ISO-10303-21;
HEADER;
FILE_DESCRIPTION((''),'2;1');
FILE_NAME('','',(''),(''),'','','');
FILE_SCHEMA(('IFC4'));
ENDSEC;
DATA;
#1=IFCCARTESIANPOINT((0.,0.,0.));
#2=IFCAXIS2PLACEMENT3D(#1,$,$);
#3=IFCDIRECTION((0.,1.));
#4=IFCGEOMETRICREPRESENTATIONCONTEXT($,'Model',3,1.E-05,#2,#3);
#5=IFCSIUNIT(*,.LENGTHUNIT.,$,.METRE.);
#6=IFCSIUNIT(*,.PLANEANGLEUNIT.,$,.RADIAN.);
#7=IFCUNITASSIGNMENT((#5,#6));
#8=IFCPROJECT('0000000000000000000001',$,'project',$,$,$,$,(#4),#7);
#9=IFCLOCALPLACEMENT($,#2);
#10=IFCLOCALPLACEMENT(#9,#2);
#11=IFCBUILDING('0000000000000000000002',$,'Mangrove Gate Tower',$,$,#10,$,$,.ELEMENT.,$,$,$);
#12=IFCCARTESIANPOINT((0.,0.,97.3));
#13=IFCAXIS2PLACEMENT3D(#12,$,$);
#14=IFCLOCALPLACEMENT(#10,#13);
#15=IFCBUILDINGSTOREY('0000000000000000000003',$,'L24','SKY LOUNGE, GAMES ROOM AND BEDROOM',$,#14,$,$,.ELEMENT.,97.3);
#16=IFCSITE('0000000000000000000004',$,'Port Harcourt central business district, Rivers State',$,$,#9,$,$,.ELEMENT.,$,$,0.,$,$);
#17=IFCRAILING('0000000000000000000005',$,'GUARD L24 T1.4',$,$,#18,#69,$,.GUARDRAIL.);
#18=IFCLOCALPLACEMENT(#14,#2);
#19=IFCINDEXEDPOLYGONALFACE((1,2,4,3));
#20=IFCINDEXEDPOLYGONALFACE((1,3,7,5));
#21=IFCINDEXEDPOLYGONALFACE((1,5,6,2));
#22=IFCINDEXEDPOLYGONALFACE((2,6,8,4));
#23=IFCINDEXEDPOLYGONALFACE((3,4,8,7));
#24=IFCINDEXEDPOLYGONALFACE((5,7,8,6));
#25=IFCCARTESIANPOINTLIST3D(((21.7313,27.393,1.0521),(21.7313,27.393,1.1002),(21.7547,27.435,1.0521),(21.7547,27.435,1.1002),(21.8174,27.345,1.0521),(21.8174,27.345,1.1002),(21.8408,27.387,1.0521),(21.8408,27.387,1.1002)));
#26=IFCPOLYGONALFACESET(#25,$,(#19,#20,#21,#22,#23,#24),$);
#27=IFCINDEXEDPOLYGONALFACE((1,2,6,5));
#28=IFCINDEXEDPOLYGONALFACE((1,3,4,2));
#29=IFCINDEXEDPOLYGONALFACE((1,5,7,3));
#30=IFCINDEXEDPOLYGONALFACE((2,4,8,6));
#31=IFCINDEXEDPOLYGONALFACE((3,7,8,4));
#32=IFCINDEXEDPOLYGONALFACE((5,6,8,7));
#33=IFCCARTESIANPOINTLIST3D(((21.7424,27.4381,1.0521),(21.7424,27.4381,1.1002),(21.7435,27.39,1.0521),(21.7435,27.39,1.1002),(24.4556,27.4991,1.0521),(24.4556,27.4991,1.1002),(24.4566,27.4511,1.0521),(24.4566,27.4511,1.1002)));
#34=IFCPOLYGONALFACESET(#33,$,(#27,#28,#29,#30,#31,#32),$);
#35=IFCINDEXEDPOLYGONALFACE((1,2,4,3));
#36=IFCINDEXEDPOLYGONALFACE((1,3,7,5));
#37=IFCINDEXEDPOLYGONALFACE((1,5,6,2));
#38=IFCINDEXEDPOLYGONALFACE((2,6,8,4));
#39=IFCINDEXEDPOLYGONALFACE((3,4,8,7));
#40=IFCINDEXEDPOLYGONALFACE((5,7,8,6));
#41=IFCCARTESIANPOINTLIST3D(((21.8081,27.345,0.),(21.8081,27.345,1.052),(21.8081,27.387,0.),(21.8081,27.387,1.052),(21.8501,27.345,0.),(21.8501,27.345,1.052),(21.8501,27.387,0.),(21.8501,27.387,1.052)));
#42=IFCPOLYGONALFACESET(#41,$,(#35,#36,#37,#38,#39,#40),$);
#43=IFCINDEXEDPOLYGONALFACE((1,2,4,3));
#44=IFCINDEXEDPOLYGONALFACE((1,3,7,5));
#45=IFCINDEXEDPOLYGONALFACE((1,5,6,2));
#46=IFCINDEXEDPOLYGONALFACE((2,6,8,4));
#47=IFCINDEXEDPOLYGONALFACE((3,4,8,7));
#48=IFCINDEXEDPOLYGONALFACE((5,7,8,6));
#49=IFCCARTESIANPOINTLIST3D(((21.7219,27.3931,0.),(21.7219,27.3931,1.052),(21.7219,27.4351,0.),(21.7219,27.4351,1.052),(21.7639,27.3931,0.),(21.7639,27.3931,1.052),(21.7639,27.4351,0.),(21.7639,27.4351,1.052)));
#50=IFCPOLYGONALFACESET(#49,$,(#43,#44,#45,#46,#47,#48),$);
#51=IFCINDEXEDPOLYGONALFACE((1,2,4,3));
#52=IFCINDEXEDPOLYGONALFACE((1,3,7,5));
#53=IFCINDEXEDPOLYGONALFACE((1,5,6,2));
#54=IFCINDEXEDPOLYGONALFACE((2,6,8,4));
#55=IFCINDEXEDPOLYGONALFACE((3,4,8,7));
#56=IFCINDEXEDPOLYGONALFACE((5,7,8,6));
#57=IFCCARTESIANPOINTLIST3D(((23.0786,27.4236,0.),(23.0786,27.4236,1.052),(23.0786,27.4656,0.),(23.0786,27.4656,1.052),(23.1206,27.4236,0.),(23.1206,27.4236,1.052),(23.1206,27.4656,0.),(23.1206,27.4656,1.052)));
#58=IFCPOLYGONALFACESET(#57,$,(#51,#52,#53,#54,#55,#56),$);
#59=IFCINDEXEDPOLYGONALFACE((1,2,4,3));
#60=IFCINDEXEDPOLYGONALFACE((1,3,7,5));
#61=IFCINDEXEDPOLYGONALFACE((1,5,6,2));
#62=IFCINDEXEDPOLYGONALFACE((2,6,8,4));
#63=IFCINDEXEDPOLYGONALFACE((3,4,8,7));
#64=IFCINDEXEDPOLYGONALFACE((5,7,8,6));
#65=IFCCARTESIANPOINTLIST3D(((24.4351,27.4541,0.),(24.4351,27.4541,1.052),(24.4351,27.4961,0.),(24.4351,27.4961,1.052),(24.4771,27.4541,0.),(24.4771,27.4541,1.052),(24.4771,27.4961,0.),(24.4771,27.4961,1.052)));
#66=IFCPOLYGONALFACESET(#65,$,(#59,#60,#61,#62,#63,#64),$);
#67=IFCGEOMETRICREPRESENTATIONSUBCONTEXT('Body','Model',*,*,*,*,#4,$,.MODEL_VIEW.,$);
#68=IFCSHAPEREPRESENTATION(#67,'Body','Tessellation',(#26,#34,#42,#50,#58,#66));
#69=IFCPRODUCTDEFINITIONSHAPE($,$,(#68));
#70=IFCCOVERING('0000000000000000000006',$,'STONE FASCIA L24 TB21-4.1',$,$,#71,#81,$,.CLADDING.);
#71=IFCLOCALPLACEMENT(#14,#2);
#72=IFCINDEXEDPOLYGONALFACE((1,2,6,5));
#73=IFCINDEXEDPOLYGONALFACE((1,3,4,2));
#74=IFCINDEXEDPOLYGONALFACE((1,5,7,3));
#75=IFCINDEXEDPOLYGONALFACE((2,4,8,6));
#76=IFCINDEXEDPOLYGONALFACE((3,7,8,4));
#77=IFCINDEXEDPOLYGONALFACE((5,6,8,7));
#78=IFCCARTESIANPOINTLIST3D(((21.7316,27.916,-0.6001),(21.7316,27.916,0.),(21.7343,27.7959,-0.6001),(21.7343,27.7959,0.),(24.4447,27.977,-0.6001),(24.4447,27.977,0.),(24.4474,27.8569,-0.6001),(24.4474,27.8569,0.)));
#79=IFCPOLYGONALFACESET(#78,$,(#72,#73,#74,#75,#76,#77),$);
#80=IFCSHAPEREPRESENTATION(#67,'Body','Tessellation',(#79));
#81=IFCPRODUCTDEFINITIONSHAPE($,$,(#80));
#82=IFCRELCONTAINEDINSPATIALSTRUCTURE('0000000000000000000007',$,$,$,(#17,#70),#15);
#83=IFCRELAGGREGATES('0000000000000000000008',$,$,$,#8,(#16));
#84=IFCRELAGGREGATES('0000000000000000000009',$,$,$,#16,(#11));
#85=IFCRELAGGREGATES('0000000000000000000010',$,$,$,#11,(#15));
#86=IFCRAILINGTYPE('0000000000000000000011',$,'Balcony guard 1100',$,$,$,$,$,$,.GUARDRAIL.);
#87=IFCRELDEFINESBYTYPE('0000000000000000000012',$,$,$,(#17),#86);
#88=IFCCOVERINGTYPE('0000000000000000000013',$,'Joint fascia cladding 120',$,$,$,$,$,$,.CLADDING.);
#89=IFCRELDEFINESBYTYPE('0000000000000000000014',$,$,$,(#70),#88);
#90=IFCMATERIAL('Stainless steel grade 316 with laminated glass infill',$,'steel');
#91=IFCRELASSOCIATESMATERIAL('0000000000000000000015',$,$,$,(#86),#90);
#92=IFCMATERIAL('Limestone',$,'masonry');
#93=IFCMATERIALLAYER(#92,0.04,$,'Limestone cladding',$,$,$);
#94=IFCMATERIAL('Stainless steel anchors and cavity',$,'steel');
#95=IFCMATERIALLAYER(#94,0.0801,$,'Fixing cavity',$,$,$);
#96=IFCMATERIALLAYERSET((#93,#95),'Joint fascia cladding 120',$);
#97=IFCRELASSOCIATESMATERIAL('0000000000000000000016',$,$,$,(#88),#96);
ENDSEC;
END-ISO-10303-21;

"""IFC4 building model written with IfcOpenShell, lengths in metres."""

from ifc_helpers import new_model, si_unit, direction, frame, frame_2d, origin, origin_2d, place, context, subcontext, project, spatial, rectangle, extrude, material, layer, layer_set, type_object, element, save


model = new_model("IFC4")

# Units and contexts
model_context = context("Model", 3, precision=1e-05, world=origin(), true_north=direction((0.0, 1.0)))
body_context = subcontext(model_context, "Body", "Model", "MODEL_VIEW")
ifc_project = project(units=[si_unit("LENGTHUNIT", "METRE"), si_unit("PLANEANGLEUNIT", "RADIAN")], contexts=[model_context])

# Site, building, storey
site_placement = place(None, origin())
site = spatial("IfcSite", under=ifc_project, at=site_placement, Name="Port Harcourt central business district, Rivers State", CompositionType="ELEMENT", RefElevation=0.0)
building_placement = place(site_placement, origin())
building = spatial("IfcBuilding", under=site, at=building_placement, Name="Mangrove Gate Tower", CompositionType="ELEMENT")
storey_placement = place(building_placement, frame((0.0, 0.0, 97.3)))
storey = spatial("IfcBuildingStorey", under=building, at=storey_placement, Name="L24", Description="SKY LOUNGE, GAMES ROOM AND BEDROOM", CompositionType="ELEMENT", Elevation=97.3)

# Shared definitions
ifc_material_1 = material(Name="Limestone", Category="masonry")

# Railing
ifc_material_2 = material(Name="Stainless steel grade 316 with laminated glass infill", Category="steel")
railing_type = type_object("IfcRailingType", Name="Balcony guard 1100", PredefinedType="GUARDRAIL", material=ifc_material_2)
railing_1_placement = place(storey_placement, frame((21.8291, 27.366, 0.0)))
element("IfcRailing", 1, at=railing_1_placement, inside=storey, type_object=railing_type, Name="GUARD L24 T1.4", PredefinedType="GUARDRAIL", context=body_context, shape_type="SweptSolid", body=[
    extrude(rectangle(XDim=0.0481, YDim=0.0481, at=origin_2d()), frame((0.0, 0.0, 1.0762), z_axis=(-0.873222, 0.487322, 0.0), x_axis=(-0.487322, -0.873222, 0.0)), (0.0, 0.0, 1.0), 0.0986),
    extrude(rectangle(XDim=0.0481, YDim=0.0481, at=origin_2d()), frame((-0.0862, 0.0481, 1.0762), z_axis=(0.999747, 0.02249, 0.0), x_axis=(-0.02249, 0.999747, 0.0)), (0.0, 0.0, 1.0), 2.7139),
    extrude(rectangle(XDim=0.042, YDim=0.042, at=origin_2d()), origin(), (0.0, 0.0, 1.0), 1.052),
    extrude(rectangle(XDim=0.042, YDim=0.042, at=origin_2d()), frame((-0.0862, 0.0481, 0.0)), (0.0, 0.0, 1.0), 1.052),
    extrude(rectangle(XDim=0.042, YDim=0.042, at=origin_2d()), frame((1.2705, 0.0786, 0.0)), (0.0, 0.0, 1.0), 1.052),
    extrude(rectangle(XDim=0.042, YDim=0.042, at=origin_2d()), frame((2.627, 0.1091, 0.0)), (0.0, 0.0, 1.0), 1.052),
])

# Covering
ifc_layer_1 = layer(ifc_material_1, 0.04, Name="Limestone cladding")
ifc_material_3 = material(Name="Stainless steel anchors and cavity", Category="steel")
ifc_layer_2 = layer(ifc_material_3, 0.0801, Name="Fixing cavity")
ifc_layer_set_1 = layer_set([ifc_layer_1, ifc_layer_2], Name="Joint fascia cladding 120")
covering_type = type_object("IfcCoveringType", Name="Joint fascia cladding 120", PredefinedType="CLADDING", material=ifc_layer_set_1)
covering_placement = place(storey_placement, frame((21.7329, 27.856, -0.6001), z_axis=(0.0, 0.0, 1.0), x_axis=(0.999747, 0.02249, 0.0)))
element("IfcCovering", 2, at=covering_placement, inside=storey, type_object=covering_type, Name="STONE FASCIA L24 TB21-4.1", PredefinedType="CLADDING", context=body_context, shape_type="SweptSolid", body=[
    extrude(rectangle(XDim=2.7139, YDim=0.1201, at=frame_2d((1.3569, 0.0))), origin(), (0.0, 0.0, 1.0), 0.6001),
])

save(model, "model.ifc")
